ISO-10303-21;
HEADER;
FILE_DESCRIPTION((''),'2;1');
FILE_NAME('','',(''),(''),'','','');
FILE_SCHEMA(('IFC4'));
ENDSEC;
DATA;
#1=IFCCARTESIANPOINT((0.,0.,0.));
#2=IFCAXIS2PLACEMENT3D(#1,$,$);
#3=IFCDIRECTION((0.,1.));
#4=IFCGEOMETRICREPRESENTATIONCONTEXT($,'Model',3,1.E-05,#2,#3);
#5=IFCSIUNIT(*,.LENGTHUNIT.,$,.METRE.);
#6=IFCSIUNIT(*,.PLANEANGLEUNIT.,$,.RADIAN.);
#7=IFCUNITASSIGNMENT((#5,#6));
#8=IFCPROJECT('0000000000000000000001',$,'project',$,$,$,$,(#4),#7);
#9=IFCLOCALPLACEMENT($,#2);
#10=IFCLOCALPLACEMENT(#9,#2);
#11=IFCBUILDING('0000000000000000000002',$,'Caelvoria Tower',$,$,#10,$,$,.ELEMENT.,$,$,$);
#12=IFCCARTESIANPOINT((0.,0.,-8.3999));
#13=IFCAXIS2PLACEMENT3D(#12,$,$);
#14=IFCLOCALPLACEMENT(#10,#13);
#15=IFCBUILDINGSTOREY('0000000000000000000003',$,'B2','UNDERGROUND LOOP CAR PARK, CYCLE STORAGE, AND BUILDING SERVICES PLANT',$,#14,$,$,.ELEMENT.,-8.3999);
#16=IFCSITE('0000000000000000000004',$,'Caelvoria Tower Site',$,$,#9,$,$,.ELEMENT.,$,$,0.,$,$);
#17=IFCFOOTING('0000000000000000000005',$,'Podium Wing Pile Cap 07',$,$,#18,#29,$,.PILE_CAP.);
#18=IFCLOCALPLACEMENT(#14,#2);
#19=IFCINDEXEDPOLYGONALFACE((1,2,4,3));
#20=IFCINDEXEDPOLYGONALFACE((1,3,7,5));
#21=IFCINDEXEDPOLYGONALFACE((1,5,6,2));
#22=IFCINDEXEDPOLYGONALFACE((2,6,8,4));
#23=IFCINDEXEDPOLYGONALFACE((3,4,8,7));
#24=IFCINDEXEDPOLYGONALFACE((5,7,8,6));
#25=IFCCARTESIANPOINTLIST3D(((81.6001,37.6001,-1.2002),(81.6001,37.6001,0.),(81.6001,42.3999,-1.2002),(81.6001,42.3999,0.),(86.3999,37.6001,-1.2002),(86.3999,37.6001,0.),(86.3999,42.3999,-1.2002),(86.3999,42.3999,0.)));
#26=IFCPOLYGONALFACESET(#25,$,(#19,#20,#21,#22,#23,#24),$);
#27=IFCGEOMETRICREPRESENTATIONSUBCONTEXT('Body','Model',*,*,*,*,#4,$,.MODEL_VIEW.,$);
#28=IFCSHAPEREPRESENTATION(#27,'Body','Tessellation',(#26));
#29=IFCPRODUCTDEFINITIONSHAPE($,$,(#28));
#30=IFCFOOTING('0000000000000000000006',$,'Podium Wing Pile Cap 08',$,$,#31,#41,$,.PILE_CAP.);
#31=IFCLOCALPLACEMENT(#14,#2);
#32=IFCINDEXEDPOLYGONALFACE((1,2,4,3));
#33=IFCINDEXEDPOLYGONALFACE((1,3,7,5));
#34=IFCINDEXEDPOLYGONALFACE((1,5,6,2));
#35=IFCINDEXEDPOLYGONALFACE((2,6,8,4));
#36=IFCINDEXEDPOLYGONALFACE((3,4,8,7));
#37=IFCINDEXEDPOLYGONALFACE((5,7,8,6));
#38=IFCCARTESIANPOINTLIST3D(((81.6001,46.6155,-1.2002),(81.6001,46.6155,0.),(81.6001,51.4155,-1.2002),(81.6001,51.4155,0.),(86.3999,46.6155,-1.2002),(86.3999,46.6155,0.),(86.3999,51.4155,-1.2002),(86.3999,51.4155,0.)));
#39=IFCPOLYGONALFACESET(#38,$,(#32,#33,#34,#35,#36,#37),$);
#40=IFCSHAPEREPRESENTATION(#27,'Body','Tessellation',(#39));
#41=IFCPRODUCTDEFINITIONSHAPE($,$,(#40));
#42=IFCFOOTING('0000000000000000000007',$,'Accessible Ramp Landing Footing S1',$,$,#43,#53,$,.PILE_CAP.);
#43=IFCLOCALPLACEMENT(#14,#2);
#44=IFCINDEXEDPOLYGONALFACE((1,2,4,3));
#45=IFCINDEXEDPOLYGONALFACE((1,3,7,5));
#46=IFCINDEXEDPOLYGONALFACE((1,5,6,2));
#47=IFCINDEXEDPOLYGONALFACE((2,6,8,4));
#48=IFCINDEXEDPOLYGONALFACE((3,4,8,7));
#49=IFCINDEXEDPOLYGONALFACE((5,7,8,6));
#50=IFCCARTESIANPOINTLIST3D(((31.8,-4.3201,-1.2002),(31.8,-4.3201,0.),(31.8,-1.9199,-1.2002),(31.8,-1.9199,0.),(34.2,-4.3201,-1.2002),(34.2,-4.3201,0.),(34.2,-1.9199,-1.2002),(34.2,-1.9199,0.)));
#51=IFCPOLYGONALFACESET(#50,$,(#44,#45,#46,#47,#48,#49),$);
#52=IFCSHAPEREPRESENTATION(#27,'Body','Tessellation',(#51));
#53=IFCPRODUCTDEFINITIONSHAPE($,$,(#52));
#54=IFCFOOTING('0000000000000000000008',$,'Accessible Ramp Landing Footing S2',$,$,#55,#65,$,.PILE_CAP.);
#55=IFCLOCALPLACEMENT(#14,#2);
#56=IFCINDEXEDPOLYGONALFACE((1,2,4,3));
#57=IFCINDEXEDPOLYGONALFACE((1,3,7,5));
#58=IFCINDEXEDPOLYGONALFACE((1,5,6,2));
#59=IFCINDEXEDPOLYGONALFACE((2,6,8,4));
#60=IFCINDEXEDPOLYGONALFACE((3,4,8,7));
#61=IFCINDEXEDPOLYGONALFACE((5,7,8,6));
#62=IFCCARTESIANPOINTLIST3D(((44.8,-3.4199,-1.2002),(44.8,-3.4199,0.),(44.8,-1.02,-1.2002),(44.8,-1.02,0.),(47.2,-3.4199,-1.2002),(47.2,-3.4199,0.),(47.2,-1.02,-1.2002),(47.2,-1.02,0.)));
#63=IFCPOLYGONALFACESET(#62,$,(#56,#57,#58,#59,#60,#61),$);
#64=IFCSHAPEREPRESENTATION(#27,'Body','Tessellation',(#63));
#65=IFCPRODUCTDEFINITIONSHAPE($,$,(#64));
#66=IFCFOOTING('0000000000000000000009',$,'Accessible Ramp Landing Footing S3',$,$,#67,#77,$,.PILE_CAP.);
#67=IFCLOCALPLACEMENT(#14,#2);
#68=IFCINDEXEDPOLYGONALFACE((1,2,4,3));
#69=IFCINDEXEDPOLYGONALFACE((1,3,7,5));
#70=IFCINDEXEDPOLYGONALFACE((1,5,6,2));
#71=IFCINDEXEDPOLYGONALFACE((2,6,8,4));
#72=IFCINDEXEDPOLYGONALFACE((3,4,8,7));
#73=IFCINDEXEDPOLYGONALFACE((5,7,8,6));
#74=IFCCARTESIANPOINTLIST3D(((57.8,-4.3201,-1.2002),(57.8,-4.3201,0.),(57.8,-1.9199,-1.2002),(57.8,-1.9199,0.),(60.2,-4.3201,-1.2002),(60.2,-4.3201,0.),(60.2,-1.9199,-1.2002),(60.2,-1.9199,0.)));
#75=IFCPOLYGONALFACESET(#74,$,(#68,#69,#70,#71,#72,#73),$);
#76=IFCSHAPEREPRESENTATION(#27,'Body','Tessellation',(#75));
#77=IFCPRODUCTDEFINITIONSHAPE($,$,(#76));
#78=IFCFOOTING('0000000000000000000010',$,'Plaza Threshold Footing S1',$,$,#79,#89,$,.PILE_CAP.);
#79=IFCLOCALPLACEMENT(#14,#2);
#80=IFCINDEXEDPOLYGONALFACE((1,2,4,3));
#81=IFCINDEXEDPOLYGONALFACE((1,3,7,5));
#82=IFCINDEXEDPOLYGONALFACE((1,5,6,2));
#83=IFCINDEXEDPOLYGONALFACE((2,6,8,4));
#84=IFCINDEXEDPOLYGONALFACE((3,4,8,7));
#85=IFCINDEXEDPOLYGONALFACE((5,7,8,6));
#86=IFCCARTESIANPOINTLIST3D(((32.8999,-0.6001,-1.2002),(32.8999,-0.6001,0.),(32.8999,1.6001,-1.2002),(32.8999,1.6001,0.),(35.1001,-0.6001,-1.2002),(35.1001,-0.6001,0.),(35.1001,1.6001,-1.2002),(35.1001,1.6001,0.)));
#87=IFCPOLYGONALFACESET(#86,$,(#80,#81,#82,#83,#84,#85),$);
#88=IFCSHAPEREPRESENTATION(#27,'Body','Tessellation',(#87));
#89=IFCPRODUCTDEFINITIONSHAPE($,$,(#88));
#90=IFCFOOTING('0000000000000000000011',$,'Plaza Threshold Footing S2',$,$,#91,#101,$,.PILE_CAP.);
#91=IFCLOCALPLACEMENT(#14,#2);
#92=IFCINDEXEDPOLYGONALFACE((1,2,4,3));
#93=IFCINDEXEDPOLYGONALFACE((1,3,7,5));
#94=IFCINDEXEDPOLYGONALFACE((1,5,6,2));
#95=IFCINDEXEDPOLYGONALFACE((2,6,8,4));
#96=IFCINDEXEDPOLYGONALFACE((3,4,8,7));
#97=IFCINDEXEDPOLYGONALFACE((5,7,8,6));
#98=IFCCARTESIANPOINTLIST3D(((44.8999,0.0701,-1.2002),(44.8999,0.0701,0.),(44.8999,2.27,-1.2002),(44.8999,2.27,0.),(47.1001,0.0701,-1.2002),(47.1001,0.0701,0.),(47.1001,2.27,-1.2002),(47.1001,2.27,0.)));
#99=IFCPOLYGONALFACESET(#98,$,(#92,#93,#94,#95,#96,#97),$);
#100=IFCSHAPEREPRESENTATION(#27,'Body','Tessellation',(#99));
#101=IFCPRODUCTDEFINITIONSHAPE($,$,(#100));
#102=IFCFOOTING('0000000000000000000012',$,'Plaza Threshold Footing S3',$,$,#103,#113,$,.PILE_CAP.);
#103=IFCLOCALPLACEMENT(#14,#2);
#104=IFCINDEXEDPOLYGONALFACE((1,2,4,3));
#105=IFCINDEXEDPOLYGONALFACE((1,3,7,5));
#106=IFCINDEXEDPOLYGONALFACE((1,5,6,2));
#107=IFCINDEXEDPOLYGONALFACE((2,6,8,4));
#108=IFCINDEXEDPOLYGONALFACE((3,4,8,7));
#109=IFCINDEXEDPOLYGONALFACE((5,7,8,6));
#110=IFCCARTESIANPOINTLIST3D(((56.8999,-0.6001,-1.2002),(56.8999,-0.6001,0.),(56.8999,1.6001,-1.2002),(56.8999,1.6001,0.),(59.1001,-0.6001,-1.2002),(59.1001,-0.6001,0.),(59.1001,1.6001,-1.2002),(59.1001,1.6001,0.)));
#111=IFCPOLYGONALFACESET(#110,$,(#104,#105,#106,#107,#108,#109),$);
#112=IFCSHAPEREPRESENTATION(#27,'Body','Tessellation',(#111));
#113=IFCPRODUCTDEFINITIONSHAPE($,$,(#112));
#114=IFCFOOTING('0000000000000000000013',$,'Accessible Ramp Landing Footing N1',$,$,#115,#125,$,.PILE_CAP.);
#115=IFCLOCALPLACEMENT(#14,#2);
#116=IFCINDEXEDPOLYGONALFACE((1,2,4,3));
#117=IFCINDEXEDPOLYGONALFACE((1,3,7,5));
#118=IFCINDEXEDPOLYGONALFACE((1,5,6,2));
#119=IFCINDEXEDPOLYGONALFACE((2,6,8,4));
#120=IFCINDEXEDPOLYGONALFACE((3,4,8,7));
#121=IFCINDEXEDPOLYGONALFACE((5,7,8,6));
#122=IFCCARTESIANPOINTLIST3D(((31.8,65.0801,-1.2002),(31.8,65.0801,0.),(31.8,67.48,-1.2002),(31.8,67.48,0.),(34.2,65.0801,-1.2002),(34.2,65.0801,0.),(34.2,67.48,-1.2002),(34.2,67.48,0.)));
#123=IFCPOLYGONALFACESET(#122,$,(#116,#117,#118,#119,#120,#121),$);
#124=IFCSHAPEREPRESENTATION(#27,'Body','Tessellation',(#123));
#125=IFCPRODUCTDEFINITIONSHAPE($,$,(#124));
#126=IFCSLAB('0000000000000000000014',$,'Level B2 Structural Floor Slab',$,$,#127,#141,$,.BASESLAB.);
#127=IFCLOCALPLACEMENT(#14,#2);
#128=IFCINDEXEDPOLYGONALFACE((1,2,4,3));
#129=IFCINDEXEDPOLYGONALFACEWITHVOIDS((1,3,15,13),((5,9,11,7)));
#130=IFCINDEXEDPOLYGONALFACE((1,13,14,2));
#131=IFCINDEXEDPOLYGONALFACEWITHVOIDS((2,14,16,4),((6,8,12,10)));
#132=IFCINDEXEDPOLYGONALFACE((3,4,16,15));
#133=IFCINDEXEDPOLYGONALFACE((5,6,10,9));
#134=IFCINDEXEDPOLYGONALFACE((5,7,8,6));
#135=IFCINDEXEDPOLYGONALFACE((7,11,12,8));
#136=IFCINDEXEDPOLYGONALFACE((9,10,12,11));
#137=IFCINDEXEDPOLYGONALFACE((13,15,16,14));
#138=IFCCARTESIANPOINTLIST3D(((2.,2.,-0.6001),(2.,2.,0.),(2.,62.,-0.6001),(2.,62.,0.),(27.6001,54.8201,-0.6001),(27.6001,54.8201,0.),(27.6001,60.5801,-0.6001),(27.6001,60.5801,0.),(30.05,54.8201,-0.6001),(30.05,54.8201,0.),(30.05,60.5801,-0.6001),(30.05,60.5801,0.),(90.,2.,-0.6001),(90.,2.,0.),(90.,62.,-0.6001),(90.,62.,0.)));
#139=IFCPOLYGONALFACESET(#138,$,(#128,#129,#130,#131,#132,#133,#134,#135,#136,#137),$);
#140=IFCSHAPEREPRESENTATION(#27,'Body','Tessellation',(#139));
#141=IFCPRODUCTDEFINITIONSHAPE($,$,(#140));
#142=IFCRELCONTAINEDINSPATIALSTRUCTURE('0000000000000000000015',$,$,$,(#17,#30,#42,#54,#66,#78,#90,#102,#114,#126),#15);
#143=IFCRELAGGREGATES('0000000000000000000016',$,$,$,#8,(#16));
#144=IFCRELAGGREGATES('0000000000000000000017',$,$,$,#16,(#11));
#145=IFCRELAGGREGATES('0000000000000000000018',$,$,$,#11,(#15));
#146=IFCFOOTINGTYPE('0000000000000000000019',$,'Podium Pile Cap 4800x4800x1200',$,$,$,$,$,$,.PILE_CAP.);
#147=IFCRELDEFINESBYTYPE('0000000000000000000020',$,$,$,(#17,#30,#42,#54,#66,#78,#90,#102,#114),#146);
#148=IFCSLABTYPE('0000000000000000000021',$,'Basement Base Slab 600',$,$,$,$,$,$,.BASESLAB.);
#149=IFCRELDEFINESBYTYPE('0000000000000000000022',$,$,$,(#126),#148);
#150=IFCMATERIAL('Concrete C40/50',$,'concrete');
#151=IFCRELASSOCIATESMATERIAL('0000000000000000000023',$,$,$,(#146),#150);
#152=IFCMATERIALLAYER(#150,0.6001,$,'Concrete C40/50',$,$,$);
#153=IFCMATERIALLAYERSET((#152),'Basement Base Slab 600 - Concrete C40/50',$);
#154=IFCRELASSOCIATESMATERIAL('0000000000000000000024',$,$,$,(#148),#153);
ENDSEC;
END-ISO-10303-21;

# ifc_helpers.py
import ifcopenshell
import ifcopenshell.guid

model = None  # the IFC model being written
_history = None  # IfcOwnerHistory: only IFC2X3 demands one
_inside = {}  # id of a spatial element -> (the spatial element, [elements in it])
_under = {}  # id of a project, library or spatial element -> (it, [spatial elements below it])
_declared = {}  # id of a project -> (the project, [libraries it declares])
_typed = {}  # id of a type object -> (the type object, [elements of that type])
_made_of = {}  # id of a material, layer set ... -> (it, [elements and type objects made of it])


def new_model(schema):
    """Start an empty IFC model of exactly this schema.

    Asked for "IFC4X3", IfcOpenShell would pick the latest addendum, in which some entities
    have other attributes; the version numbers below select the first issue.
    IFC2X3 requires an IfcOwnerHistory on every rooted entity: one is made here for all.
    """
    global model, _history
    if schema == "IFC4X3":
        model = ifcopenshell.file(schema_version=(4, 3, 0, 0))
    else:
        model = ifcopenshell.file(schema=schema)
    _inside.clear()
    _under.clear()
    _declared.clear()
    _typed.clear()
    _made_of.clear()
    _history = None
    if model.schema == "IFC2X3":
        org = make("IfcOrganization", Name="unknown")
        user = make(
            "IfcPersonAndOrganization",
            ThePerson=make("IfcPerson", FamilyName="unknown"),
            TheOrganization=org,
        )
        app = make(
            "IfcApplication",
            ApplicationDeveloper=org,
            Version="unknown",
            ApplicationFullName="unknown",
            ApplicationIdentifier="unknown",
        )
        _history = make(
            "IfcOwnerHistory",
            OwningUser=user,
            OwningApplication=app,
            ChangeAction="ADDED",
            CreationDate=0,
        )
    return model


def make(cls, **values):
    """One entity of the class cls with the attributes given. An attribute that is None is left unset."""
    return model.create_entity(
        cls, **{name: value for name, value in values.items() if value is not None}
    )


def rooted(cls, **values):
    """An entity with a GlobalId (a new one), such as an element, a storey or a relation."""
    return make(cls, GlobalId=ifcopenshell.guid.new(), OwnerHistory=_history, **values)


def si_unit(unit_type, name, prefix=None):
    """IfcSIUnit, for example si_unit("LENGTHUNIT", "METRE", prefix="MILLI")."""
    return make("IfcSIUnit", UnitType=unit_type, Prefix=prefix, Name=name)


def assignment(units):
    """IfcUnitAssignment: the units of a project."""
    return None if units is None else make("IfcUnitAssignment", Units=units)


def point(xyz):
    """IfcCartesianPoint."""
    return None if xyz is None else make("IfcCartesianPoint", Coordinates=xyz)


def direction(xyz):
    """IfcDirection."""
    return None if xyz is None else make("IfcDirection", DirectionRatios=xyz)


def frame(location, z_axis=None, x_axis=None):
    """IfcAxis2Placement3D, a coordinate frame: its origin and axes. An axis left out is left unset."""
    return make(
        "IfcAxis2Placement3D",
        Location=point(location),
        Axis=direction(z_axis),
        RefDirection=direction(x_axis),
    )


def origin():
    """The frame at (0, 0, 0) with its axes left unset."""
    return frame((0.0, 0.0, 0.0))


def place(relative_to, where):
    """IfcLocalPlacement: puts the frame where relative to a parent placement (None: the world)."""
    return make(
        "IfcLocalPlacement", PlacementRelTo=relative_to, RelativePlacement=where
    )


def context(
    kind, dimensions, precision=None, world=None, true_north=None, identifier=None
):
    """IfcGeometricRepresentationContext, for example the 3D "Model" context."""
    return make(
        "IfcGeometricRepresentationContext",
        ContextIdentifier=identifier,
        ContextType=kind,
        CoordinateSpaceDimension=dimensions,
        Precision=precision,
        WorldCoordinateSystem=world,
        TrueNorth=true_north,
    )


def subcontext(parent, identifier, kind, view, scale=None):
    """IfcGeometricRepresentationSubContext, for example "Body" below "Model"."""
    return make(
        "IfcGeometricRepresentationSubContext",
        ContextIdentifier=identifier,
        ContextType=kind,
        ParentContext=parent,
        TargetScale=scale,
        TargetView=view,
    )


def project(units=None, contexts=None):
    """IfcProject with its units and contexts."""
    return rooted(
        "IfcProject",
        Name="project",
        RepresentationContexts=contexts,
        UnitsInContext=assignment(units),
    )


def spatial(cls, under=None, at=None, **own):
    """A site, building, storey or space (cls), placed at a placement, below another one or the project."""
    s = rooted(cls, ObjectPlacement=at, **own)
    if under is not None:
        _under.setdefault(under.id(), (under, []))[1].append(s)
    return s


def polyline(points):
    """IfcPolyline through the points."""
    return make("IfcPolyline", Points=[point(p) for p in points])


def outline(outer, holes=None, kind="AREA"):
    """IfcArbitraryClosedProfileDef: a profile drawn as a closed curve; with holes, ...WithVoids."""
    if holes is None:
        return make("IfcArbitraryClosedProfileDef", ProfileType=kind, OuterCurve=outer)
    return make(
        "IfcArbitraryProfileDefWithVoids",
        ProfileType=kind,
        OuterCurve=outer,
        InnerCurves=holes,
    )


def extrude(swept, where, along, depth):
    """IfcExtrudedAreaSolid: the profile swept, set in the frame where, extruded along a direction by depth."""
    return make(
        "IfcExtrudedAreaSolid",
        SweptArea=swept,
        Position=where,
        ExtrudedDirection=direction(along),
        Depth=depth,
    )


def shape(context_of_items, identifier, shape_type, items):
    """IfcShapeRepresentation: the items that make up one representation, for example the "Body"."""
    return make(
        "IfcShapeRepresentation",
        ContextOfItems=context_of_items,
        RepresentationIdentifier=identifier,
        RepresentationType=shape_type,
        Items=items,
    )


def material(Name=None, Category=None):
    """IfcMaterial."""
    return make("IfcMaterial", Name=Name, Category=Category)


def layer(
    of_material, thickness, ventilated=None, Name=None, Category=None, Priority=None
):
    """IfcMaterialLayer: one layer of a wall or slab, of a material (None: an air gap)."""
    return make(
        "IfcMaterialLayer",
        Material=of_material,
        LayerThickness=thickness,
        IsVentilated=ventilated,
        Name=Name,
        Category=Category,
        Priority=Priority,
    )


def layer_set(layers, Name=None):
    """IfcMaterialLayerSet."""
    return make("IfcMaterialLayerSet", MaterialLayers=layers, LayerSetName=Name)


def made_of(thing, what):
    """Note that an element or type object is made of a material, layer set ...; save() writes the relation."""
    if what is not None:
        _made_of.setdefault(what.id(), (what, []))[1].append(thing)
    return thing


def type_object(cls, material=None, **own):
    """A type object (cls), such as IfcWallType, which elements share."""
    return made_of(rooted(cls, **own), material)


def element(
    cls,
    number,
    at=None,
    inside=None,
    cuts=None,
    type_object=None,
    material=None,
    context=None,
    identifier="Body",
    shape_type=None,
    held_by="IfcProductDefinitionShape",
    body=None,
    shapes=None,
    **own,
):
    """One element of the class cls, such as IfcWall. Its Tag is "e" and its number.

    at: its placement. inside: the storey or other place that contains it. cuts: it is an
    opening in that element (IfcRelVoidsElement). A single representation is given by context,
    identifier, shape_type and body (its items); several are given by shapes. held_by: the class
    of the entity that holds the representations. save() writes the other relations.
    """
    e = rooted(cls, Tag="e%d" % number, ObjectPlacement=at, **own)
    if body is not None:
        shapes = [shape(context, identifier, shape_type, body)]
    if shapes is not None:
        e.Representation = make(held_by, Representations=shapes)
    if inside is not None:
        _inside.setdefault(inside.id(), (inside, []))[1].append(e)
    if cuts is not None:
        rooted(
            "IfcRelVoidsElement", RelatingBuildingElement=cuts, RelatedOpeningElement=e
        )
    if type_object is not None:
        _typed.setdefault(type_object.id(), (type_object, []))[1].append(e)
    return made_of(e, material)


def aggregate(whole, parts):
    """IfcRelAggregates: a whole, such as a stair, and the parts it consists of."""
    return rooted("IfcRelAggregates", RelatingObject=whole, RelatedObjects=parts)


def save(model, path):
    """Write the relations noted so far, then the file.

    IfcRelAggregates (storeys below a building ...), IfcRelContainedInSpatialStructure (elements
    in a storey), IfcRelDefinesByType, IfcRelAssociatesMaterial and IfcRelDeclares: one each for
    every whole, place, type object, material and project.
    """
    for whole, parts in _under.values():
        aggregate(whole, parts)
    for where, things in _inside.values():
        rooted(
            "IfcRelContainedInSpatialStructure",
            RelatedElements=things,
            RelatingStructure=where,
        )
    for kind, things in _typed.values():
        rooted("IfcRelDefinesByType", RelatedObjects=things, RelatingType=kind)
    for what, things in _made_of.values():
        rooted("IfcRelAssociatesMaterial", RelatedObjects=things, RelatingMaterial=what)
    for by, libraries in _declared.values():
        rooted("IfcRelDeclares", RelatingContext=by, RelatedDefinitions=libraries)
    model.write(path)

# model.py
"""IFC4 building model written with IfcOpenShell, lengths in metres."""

from ifc_helpers import new_model, si_unit, direction, frame, origin, place, context, subcontext, project, spatial, polyline, outline, extrude, material, layer, layer_set, type_object, element, save


model = new_model("IFC4")

# Units and contexts
model_context = context("Model", 3, precision=1e-05, world=origin(), true_north=direction((0.0, 1.0)))
body_context = subcontext(model_context, "Body", "Model", "MODEL_VIEW")
ifc_project = project(units=[si_unit("LENGTHUNIT", "METRE"), si_unit("PLANEANGLEUNIT", "RADIAN")], contexts=[model_context])

# Site, building, storey
site_placement = place(None, origin())
site = spatial("IfcSite", under=ifc_project, at=site_placement, Name="Caelvoria Tower Site", CompositionType="ELEMENT", RefElevation=0.0)
building_placement = place(site_placement, origin())
building = spatial("IfcBuilding", under=site, at=building_placement, Name="Caelvoria Tower", CompositionType="ELEMENT")
storey_placement = place(building_placement, frame((0.0, 0.0, -8.3999)))
storey = spatial("IfcBuildingStorey", under=building, at=storey_placement, Name="B2", Description="UNDERGROUND LOOP CAR PARK, CYCLE STORAGE, AND BUILDING SERVICES PLANT", CompositionType="ELEMENT", Elevation=-8.3999)

# Footings
ifc_material = material(Name="Concrete C40/50", Category="concrete")
footing_type_1 = type_object("IfcFootingType", Name="Podium Pile Cap 4800x4800x1200", PredefinedType="PILE_CAP", material=ifc_material)
footing_1_placement = place(storey_placement, frame((0.0, 0.0, -1.2002)))
element("IfcFooting", 1, at=footing_1_placement, inside=storey, type_object=footing_type_1, Name="Podium Wing Pile Cap 07", PredefinedType="PILE_CAP", context=body_context, shape_type="SweptSolid", body=[
    extrude(outline(polyline([(81.6001, 37.6001), (86.3999, 37.6001), (86.3999, 42.3999), (81.6001, 42.3999), (81.6001, 37.6001)])), origin(), (0.0, 0.0, 1.0), 1.2002),
])
footing_2_placement = place(storey_placement, frame((0.0, 0.0, -1.2002)))
element("IfcFooting", 2, at=footing_2_placement, inside=storey, type_object=footing_type_1, Name="Podium Wing Pile Cap 08", PredefinedType="PILE_CAP", context=body_context, shape_type="SweptSolid", body=[
    extrude(outline(polyline([(81.6001, 46.6155), (86.3999, 46.6155), (86.3999, 51.4155), (81.6001, 51.4155), (81.6001, 46.6155)])), origin(), (0.0, 0.0, 1.0), 1.2002),
])
footing_3_placement = place(storey_placement, frame((0.0, 0.0, -1.2002)))
element("IfcFooting", 3, at=footing_3_placement, inside=storey, type_object=footing_type_1, Name="Accessible Ramp Landing Footing S1", PredefinedType="PILE_CAP", context=body_context, shape_type="SweptSolid", body=[
    extrude(outline(polyline([(31.8, -4.3201), (34.2, -4.3201), (34.2, -1.9199), (31.8, -1.9199), (31.8, -4.3201)])), origin(), (0.0, 0.0, 1.0), 1.2002),
])
footing_4_placement = place(storey_placement, frame((0.0, 0.0, -1.2002)))
element("IfcFooting", 4, at=footing_4_placement, inside=storey, type_object=footing_type_1, Name="Accessible Ramp Landing Footing S2", PredefinedType="PILE_CAP", context=body_context, shape_type="SweptSolid", body=[
    extrude(outline(polyline([(44.8, -3.4199), (47.2, -3.4199), (47.2, -1.02), (44.8, -1.02), (44.8, -3.4199)])), origin(), (0.0, 0.0, 1.0), 1.2002),
])
footing_5_placement = place(storey_placement, frame((0.0, 0.0, -1.2002)))
element("IfcFooting", 5, at=footing_5_placement, inside=storey, type_object=footing_type_1, Name="Accessible Ramp Landing Footing S3", PredefinedType="PILE_CAP", context=body_context, shape_type="SweptSolid", body=[
    extrude(outline(polyline([(57.8, -4.3201), (60.2, -4.3201), (60.2, -1.9199), (57.8, -1.9199), (57.8, -4.3201)])), origin(), (0.0, 0.0, 1.0), 1.2002),
])
footing_6_placement = place(storey_placement, frame((0.0, 0.0, -1.2002)))
element("IfcFooting", 6, at=footing_6_placement, inside=storey, type_object=footing_type_1, Name="Plaza Threshold Footing S1", PredefinedType="PILE_CAP", context=body_context, shape_type="SweptSolid", body=[
    extrude(outline(polyline([(32.8999, -0.6001), (35.1001, -0.6001), (35.1001, 1.6001), (32.8999, 1.6001), (32.8999, -0.6001)])), origin(), (0.0, 0.0, 1.0), 1.2002),
])
footing_7_placement = place(storey_placement, frame((0.0, 0.0, -1.2002)))
element("IfcFooting", 7, at=footing_7_placement, inside=storey, type_object=footing_type_1, Name="Plaza Threshold Footing S2", PredefinedType="PILE_CAP", context=body_context, shape_type="SweptSolid", body=[
    extrude(outline(polyline([(44.8999, 0.0701), (47.1001, 0.0701), (47.1001, 2.27), (44.8999, 2.27), (44.8999, 0.0701)])), origin(), (0.0, 0.0, 1.0), 1.2002),
])
footing_8_placement = place(storey_placement, frame((0.0, 0.0, -1.2002)))
element("IfcFooting", 8, at=footing_8_placement, inside=storey, type_object=footing_type_1, Name="Plaza Threshold Footing S3", PredefinedType="PILE_CAP", context=body_context, shape_type="SweptSolid", body=[
    extrude(outline(polyline([(56.8999, -0.6001), (59.1001, -0.6001), (59.1001, 1.6001), (56.8999, 1.6001), (56.8999, -0.6001)])), origin(), (0.0, 0.0, 1.0), 1.2002),
])
footing_9_placement = place(storey_placement, frame((0.0, 0.0, -1.2002)))
element("IfcFooting", 9, at=footing_9_placement, inside=storey, type_object=footing_type_1, Name="Accessible Ramp Landing Footing N1", PredefinedType="PILE_CAP", context=body_context, shape_type="SweptSolid", body=[
    extrude(outline(polyline([(31.8, 65.0801), (34.2, 65.0801), (34.2, 67.48), (31.8, 67.48), (31.8, 65.0801)])), origin(), (0.0, 0.0, 1.0), 1.2002),
])

# Slab
ifc_layer = layer(ifc_material, 0.6001, Name="Concrete C40/50")
ifc_layer_set = layer_set([ifc_layer], Name="Basement Base Slab 600 - Concrete C40/50")
slab_type = type_object("IfcSlabType", Name="Basement Base Slab 600", PredefinedType="BASESLAB", material=ifc_layer_set)
slab_placement = place(storey_placement, frame((0.0, 0.0, -0.6001)))
element("IfcSlab", 10, at=slab_placement, inside=storey, type_object=slab_type, Name="Level B2 Structural Floor Slab", PredefinedType="BASESLAB", context=body_context, shape_type="SweptSolid", body=[
    extrude(outline(polyline([(2.0, 2.0), (90.0, 2.0), (90.0, 62.0), (2.0, 62.0), (2.0, 2.0)]), holes=[polyline([(27.6001, 54.8201), (30.05, 54.8201), (30.05, 60.5801), (27.6001, 60.5801), (27.6001, 54.8201)])]), origin(), (0.0, 0.0, 1.0), 0.6001),
])

save(model, "model.ifc")
